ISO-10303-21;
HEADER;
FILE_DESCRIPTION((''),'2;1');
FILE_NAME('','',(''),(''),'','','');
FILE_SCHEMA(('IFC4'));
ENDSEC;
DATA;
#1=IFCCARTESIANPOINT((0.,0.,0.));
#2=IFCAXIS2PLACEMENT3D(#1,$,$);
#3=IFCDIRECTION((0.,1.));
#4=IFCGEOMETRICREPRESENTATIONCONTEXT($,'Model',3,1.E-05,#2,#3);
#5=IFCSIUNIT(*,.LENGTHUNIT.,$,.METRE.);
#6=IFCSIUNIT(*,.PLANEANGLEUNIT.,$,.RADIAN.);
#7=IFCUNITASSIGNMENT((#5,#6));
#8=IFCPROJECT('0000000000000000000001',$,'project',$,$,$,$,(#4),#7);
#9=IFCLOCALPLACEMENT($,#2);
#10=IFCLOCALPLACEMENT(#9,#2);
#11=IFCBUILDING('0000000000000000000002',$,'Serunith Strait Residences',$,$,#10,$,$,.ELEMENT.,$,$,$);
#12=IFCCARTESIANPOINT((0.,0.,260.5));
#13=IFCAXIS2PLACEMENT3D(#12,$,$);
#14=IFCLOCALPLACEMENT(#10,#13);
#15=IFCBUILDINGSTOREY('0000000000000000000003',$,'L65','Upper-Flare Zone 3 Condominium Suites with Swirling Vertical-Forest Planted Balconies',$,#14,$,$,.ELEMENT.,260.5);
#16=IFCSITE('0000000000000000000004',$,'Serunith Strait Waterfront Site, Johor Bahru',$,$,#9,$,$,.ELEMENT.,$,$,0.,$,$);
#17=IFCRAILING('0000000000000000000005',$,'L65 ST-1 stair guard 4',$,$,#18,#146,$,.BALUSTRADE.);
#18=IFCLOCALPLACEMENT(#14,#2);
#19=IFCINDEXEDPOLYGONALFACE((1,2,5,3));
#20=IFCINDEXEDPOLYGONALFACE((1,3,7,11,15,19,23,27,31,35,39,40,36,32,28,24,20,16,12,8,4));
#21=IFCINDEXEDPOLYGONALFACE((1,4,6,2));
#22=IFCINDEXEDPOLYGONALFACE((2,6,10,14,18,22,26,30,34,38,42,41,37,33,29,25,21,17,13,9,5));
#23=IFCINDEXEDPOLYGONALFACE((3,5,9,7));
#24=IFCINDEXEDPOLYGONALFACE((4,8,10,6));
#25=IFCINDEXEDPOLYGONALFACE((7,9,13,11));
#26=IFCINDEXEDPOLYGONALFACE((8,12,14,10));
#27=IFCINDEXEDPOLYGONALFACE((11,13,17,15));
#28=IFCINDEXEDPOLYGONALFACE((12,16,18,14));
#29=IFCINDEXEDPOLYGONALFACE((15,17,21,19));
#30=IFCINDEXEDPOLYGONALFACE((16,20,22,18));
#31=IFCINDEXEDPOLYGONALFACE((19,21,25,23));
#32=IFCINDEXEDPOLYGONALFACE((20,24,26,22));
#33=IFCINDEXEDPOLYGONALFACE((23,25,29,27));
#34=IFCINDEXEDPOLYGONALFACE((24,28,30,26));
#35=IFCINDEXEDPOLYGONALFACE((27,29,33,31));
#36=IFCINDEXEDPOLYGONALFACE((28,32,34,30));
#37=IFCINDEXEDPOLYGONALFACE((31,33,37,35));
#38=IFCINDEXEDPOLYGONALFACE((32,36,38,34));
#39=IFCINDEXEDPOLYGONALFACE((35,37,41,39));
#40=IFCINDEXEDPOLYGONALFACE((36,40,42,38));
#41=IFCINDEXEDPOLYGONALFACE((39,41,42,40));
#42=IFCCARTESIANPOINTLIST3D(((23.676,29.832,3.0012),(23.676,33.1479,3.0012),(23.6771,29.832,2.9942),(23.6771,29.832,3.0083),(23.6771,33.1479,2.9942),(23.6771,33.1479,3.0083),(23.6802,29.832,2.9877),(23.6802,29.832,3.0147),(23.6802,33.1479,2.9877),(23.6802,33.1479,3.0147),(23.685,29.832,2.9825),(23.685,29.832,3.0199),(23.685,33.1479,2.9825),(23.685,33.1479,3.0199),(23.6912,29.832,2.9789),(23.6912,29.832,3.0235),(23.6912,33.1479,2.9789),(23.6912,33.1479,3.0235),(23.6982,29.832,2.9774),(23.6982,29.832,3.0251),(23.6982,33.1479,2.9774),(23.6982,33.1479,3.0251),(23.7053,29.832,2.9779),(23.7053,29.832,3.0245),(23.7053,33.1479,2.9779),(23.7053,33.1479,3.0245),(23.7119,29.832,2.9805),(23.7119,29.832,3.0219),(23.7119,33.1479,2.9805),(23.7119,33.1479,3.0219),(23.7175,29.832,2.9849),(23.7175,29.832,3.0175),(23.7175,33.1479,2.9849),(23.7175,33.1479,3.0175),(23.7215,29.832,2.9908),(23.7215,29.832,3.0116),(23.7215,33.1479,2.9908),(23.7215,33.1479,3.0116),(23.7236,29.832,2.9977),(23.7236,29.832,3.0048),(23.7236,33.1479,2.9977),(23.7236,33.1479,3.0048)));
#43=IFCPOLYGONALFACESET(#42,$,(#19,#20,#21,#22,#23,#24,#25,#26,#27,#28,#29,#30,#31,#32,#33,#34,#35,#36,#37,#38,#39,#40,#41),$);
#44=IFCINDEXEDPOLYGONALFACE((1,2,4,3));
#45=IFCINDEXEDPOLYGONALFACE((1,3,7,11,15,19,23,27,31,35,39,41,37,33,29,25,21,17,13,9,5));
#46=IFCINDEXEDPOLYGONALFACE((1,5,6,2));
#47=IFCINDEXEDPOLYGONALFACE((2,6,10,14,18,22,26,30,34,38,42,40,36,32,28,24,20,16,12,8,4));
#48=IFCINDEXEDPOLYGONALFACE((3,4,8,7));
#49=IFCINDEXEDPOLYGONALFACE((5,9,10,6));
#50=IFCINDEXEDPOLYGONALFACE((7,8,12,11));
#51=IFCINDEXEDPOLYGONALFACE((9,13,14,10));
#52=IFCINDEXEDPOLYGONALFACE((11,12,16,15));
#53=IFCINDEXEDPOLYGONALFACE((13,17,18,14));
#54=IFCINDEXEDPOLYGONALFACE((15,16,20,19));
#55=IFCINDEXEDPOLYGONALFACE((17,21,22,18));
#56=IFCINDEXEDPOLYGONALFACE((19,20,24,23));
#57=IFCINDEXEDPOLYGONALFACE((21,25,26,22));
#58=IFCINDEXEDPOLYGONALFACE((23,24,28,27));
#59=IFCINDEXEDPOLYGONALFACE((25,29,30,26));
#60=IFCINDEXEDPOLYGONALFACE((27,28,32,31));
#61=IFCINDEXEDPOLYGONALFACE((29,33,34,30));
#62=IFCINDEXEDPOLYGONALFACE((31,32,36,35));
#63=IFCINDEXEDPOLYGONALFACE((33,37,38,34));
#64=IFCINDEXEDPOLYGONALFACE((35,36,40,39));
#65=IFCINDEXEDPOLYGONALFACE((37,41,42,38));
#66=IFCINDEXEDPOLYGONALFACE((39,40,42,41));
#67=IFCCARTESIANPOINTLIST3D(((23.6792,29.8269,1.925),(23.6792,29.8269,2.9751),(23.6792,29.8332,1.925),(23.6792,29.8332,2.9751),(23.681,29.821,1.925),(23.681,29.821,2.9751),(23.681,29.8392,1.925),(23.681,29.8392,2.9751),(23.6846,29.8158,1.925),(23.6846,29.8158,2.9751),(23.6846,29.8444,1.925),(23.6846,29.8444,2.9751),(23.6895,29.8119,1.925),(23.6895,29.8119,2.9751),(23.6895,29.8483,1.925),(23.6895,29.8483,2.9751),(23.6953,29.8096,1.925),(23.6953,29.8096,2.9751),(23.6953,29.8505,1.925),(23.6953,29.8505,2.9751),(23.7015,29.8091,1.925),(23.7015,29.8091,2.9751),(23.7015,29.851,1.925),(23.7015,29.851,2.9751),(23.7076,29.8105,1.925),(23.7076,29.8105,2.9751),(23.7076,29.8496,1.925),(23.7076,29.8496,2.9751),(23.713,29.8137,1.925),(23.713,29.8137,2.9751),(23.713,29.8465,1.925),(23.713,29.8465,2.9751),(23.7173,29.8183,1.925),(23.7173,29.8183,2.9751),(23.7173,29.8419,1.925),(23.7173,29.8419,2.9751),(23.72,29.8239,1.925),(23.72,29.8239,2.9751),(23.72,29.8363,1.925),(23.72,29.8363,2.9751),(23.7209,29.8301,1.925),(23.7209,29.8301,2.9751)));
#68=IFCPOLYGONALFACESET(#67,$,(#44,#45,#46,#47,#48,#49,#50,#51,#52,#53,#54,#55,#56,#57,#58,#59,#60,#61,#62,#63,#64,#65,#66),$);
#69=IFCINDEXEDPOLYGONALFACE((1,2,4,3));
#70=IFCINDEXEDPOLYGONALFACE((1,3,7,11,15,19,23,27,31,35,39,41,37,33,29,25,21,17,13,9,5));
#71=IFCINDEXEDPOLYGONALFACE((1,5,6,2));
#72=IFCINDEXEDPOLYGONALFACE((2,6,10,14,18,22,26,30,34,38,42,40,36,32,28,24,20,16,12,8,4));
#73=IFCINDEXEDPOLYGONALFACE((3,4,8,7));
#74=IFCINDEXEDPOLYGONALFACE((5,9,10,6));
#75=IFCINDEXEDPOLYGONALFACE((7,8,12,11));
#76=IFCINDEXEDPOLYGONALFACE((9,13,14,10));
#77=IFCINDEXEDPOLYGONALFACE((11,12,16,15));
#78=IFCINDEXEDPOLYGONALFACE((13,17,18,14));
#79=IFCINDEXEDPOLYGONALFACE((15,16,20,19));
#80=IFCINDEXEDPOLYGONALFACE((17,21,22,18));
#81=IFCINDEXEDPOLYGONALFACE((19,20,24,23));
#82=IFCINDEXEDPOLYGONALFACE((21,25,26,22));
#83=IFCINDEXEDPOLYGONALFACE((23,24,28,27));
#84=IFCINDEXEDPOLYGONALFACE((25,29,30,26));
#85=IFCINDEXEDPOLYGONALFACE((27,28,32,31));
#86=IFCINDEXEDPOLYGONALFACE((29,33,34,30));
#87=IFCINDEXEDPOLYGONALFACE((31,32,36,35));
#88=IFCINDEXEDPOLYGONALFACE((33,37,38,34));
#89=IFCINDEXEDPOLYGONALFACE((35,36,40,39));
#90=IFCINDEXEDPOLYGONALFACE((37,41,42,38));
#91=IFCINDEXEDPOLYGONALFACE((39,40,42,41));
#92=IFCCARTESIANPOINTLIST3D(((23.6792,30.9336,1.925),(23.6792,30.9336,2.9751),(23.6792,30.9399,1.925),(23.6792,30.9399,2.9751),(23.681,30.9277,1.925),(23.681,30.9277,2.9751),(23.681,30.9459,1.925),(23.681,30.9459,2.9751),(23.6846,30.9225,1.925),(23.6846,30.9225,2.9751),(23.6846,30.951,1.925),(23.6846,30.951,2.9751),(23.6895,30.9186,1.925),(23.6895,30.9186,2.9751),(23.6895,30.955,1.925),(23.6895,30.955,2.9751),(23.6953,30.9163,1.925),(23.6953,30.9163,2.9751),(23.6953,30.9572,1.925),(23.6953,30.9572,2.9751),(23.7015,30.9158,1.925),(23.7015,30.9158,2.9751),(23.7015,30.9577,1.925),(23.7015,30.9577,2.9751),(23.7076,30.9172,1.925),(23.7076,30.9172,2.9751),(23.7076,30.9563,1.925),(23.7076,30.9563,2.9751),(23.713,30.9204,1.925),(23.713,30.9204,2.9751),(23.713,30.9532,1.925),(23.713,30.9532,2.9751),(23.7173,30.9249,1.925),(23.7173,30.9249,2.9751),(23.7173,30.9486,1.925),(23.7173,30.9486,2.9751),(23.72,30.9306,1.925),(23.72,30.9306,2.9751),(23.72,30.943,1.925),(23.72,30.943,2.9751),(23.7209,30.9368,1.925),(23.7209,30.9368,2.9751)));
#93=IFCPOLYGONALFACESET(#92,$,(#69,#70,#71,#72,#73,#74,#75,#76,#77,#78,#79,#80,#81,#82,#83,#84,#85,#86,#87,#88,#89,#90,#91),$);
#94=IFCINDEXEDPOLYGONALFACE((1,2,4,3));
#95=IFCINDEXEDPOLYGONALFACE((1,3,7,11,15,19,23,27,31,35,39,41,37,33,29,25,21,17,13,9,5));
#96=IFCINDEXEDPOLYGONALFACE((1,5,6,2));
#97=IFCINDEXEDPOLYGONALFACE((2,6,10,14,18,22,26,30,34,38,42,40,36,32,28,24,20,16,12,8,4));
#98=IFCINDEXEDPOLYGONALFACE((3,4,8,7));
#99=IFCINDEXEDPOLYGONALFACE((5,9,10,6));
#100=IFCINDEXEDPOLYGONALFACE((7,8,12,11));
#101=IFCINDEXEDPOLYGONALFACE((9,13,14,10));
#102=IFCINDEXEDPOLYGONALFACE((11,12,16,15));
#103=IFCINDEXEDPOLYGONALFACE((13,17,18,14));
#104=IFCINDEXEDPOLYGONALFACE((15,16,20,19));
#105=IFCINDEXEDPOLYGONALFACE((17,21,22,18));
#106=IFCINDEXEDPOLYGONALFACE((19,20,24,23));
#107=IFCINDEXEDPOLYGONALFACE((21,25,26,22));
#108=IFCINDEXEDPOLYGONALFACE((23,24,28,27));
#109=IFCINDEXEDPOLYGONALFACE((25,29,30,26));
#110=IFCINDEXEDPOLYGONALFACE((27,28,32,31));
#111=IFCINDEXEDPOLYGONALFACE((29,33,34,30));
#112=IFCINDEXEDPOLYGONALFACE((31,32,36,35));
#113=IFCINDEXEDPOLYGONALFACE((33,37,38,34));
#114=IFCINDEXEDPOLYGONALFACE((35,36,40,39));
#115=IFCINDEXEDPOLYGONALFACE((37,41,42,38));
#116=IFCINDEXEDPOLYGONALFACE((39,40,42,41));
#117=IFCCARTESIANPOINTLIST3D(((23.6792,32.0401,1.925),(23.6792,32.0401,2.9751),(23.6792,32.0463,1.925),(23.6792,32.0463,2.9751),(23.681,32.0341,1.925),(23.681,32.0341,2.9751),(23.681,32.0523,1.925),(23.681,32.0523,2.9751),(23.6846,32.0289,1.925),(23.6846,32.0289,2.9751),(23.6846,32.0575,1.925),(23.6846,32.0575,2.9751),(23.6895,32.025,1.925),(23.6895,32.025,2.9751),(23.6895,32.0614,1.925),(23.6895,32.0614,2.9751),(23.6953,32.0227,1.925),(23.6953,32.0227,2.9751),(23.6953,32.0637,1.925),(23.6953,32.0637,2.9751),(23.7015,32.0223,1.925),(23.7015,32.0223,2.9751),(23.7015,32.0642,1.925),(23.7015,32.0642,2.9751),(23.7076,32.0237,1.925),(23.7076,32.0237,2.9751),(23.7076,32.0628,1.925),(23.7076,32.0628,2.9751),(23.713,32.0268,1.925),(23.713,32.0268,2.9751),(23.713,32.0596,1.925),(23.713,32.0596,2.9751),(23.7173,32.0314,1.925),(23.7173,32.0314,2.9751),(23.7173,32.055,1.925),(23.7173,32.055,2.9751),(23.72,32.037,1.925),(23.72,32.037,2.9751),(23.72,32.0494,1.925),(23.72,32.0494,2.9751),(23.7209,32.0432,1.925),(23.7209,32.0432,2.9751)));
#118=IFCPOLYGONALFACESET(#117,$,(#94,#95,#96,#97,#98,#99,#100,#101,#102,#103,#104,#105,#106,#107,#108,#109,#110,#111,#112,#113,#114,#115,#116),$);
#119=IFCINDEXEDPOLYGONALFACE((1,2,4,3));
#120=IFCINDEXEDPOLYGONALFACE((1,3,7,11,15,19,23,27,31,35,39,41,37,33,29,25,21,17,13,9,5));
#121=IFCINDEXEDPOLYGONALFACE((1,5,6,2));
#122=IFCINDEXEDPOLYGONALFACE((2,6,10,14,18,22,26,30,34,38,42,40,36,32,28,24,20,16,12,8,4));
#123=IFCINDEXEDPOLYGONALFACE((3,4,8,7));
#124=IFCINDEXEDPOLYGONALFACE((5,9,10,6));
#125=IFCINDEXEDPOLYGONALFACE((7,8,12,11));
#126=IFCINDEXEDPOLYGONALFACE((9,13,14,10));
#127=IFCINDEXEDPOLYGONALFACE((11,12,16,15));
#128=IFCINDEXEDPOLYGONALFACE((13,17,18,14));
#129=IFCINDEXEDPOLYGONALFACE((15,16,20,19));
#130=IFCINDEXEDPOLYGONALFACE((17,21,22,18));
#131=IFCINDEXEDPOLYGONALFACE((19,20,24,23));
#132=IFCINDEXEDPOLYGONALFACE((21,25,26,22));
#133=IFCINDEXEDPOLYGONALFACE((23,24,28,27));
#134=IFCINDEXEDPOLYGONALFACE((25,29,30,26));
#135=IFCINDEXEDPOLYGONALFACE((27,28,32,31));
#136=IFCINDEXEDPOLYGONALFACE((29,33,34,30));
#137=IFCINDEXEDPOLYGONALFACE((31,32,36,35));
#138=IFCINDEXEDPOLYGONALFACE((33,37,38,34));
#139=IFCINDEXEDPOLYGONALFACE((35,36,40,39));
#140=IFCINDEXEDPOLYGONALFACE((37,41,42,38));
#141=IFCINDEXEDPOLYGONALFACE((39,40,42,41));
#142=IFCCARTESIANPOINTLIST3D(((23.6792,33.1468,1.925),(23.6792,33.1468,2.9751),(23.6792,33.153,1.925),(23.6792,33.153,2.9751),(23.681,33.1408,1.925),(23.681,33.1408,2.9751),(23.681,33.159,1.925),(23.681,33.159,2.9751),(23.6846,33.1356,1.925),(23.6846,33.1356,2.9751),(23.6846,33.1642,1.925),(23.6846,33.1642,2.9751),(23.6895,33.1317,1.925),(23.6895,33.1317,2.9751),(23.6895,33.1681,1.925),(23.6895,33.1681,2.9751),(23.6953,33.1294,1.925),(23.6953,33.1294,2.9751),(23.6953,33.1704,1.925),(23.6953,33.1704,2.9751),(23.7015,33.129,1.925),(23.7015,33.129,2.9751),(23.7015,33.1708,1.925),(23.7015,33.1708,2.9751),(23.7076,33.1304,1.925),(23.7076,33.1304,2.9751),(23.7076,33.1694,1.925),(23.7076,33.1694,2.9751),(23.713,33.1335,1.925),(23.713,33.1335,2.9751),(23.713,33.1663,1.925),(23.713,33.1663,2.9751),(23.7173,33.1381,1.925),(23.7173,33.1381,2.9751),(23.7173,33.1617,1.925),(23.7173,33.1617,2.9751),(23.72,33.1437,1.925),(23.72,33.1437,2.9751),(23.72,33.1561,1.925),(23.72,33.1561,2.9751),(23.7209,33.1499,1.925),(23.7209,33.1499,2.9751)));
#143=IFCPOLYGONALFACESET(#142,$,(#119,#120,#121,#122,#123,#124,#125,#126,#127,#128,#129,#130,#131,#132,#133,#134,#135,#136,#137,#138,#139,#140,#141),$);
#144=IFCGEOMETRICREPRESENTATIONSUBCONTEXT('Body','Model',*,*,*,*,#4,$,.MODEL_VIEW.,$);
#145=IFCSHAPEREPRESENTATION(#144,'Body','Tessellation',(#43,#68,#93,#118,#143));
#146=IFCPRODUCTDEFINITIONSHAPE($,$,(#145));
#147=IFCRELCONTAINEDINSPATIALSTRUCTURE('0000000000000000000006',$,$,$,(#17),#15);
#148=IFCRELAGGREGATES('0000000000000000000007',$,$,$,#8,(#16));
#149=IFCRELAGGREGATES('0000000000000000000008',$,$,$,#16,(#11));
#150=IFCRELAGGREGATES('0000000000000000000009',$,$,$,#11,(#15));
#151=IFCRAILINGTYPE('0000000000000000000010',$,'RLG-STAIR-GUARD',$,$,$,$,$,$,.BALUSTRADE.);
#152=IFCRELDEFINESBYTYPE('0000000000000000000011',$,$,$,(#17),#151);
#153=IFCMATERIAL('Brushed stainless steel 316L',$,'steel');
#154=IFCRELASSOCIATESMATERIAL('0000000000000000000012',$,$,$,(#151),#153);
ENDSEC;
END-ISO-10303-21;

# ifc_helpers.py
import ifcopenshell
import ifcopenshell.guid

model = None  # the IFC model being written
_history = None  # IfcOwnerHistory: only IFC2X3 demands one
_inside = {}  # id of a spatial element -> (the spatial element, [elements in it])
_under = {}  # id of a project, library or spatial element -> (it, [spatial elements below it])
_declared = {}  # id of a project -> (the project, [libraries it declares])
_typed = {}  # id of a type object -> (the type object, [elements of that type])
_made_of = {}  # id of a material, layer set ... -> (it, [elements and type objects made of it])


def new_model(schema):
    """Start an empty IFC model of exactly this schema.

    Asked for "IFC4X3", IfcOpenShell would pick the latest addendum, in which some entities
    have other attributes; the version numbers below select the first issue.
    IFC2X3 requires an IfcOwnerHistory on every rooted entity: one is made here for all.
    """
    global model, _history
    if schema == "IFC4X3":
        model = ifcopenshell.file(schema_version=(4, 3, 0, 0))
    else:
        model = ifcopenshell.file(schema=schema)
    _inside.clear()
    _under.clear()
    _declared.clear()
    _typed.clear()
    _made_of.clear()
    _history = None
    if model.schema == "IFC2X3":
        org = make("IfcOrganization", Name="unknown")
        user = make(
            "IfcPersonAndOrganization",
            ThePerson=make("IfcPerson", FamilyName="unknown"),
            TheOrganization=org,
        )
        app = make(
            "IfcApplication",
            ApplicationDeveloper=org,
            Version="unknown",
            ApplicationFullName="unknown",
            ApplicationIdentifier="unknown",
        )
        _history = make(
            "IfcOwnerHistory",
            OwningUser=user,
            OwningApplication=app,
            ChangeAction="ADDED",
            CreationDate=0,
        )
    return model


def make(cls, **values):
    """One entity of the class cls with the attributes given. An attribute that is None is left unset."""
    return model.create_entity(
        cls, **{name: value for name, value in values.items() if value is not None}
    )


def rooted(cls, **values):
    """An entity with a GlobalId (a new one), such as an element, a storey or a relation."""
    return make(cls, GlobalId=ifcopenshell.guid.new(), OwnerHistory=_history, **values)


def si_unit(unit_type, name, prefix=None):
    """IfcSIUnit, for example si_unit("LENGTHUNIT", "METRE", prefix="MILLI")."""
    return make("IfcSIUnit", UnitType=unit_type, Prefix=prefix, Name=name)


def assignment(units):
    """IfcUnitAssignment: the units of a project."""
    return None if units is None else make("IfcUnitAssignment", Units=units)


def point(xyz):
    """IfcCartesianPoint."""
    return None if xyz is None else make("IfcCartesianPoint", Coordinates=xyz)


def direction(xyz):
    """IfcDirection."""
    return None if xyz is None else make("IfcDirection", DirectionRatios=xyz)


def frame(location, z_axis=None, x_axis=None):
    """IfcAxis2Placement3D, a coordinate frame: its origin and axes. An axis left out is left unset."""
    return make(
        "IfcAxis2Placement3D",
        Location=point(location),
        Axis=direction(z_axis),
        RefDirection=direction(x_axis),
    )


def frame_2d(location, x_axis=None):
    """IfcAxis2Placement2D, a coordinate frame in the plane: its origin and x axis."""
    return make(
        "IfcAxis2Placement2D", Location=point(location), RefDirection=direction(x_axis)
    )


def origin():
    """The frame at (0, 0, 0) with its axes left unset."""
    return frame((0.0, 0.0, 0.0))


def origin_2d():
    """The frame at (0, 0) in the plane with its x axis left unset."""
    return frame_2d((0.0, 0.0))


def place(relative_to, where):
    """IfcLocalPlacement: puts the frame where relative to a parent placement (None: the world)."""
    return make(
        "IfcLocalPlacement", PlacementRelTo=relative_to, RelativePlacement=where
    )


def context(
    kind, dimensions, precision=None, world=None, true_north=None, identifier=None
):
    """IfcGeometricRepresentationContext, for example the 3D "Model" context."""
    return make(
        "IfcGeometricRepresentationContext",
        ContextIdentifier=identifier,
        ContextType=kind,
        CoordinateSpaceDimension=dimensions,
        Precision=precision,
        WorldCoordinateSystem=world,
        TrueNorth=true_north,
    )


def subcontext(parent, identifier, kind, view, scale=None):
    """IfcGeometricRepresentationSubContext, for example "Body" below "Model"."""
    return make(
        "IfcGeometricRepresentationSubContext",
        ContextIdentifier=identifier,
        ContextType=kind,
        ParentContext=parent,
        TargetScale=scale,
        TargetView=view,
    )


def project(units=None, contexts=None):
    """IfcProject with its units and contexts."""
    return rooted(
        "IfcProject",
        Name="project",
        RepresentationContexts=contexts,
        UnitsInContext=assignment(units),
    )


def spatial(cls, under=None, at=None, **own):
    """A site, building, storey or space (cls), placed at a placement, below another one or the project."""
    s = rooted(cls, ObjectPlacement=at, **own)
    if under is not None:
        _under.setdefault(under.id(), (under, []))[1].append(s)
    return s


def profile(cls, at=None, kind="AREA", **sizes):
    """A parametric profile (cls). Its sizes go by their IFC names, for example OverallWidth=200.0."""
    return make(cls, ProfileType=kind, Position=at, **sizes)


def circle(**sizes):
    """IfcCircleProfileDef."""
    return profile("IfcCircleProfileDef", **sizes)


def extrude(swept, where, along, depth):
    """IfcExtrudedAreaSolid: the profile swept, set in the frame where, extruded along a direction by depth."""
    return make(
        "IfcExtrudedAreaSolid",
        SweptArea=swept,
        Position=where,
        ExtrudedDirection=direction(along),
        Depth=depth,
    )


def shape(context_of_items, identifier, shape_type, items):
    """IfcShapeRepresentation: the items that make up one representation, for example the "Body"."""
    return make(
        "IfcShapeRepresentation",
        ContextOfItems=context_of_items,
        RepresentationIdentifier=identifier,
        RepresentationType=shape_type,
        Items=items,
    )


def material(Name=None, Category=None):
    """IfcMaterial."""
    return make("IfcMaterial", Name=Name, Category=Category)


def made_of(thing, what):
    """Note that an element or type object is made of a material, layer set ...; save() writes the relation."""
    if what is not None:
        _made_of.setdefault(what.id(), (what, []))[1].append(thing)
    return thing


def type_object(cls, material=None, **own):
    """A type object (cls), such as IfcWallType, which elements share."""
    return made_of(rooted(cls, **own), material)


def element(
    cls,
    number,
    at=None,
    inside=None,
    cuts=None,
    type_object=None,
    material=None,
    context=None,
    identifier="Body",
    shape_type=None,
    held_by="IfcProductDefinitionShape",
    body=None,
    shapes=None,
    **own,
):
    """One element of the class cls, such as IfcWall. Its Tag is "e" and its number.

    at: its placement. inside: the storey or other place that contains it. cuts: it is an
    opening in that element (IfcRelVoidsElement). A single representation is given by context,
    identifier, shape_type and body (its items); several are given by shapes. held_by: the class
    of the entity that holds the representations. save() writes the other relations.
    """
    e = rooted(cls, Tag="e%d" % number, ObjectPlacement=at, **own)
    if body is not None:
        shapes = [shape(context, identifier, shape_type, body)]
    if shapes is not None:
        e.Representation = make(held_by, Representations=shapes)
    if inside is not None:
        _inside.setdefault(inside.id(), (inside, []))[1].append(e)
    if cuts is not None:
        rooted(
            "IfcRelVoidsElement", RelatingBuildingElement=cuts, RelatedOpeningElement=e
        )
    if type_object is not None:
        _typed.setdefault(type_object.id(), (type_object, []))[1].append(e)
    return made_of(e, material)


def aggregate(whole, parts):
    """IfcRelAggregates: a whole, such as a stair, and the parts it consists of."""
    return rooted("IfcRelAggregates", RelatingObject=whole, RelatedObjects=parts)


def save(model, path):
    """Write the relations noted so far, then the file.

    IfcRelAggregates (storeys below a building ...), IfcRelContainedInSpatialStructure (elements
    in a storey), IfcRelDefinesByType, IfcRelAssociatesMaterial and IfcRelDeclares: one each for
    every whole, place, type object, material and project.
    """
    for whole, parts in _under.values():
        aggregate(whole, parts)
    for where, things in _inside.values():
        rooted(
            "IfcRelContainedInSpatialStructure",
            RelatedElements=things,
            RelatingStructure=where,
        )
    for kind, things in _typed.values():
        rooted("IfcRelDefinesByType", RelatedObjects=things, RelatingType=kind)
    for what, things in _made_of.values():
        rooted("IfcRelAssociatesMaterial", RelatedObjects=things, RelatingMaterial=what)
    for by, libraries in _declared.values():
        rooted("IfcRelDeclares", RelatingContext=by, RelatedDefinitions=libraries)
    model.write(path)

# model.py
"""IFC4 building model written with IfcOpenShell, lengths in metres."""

from ifc_helpers import new_model, si_unit, direction, frame, origin, origin_2d, place, context, subcontext, project, spatial, circle, extrude, material, type_object, element, save


model = new_model("IFC4")

# Units and contexts
model_context = context("Model", 3, precision=1e-05, world=origin(), true_north=direction((0.0, 1.0)))
body_context = subcontext(model_context, "Body", "Model", "MODEL_VIEW")
ifc_project = project(units=[si_unit("LENGTHUNIT", "METRE"), si_unit("PLANEANGLEUNIT", "RADIAN")], contexts=[model_context])

# Site, building, storey
site_placement = place(None, origin())
site = spatial("IfcSite", under=ifc_project, at=site_placement, Name="Serunith Strait Waterfront Site, Johor Bahru", CompositionType="ELEMENT", RefElevation=0.0)
building_placement = place(site_placement, origin())
building = spatial("IfcBuilding", under=site, at=building_placement, Name="Serunith Strait Residences", CompositionType="ELEMENT")
storey_placement = place(building_placement, frame((0.0, 0.0, 260.5)))
storey = spatial("IfcBuildingStorey", under=building, at=storey_placement, Name="L65", Description="Upper-Flare Zone 3 Condominium Suites with Swirling Vertical-Forest Planted Balconies", CompositionType="ELEMENT", Elevation=260.5)

# Railing
ifc_material_1 = material(Name="Brushed stainless steel 316L", Category="steel")
railing_type_1 = type_object("IfcRailingType", Name="RLG-STAIR-GUARD", PredefinedType="BALUSTRADE", material=ifc_material_1)
for number, where, name in (
    (1, (23.7, 29.8301, 1.925), "L65 ST-1 stair guard 4"),
):
    element("IfcRailing", number, at=place(storey_placement, frame(where)), inside=storey, type_object=railing_type_1, Name=name, PredefinedType="BALUSTRADE", context=body_context, shape_type="SweptSolid", body=[
        extrude(circle(Radius=0.0239, at=origin_2d()), frame((0.0, 0.002, 1.0762), z_axis=(0.0, 1.0, 0.0), x_axis=(-1.0, 0.0, 0.0)), (0.0, 0.0, 1.0), 3.3159),
        extrude(circle(Radius=0.021, at=origin_2d()), origin(), (0.0, 0.0, 1.0), 1.05),
        extrude(circle(Radius=0.021, at=origin_2d()), frame((0.0, 1.1067, 0.0)), (0.0, 0.0, 1.0), 1.05),
        extrude(circle(Radius=0.021, at=origin_2d()), frame((0.0, 2.2131, 0.0)), (0.0, 0.0, 1.0), 1.05),
        extrude(circle(Radius=0.021, at=origin_2d()), frame((0.0, 3.3198, 0.0)), (0.0, 0.0, 1.0), 1.05),
    ])

save(model, "model.ifc")
